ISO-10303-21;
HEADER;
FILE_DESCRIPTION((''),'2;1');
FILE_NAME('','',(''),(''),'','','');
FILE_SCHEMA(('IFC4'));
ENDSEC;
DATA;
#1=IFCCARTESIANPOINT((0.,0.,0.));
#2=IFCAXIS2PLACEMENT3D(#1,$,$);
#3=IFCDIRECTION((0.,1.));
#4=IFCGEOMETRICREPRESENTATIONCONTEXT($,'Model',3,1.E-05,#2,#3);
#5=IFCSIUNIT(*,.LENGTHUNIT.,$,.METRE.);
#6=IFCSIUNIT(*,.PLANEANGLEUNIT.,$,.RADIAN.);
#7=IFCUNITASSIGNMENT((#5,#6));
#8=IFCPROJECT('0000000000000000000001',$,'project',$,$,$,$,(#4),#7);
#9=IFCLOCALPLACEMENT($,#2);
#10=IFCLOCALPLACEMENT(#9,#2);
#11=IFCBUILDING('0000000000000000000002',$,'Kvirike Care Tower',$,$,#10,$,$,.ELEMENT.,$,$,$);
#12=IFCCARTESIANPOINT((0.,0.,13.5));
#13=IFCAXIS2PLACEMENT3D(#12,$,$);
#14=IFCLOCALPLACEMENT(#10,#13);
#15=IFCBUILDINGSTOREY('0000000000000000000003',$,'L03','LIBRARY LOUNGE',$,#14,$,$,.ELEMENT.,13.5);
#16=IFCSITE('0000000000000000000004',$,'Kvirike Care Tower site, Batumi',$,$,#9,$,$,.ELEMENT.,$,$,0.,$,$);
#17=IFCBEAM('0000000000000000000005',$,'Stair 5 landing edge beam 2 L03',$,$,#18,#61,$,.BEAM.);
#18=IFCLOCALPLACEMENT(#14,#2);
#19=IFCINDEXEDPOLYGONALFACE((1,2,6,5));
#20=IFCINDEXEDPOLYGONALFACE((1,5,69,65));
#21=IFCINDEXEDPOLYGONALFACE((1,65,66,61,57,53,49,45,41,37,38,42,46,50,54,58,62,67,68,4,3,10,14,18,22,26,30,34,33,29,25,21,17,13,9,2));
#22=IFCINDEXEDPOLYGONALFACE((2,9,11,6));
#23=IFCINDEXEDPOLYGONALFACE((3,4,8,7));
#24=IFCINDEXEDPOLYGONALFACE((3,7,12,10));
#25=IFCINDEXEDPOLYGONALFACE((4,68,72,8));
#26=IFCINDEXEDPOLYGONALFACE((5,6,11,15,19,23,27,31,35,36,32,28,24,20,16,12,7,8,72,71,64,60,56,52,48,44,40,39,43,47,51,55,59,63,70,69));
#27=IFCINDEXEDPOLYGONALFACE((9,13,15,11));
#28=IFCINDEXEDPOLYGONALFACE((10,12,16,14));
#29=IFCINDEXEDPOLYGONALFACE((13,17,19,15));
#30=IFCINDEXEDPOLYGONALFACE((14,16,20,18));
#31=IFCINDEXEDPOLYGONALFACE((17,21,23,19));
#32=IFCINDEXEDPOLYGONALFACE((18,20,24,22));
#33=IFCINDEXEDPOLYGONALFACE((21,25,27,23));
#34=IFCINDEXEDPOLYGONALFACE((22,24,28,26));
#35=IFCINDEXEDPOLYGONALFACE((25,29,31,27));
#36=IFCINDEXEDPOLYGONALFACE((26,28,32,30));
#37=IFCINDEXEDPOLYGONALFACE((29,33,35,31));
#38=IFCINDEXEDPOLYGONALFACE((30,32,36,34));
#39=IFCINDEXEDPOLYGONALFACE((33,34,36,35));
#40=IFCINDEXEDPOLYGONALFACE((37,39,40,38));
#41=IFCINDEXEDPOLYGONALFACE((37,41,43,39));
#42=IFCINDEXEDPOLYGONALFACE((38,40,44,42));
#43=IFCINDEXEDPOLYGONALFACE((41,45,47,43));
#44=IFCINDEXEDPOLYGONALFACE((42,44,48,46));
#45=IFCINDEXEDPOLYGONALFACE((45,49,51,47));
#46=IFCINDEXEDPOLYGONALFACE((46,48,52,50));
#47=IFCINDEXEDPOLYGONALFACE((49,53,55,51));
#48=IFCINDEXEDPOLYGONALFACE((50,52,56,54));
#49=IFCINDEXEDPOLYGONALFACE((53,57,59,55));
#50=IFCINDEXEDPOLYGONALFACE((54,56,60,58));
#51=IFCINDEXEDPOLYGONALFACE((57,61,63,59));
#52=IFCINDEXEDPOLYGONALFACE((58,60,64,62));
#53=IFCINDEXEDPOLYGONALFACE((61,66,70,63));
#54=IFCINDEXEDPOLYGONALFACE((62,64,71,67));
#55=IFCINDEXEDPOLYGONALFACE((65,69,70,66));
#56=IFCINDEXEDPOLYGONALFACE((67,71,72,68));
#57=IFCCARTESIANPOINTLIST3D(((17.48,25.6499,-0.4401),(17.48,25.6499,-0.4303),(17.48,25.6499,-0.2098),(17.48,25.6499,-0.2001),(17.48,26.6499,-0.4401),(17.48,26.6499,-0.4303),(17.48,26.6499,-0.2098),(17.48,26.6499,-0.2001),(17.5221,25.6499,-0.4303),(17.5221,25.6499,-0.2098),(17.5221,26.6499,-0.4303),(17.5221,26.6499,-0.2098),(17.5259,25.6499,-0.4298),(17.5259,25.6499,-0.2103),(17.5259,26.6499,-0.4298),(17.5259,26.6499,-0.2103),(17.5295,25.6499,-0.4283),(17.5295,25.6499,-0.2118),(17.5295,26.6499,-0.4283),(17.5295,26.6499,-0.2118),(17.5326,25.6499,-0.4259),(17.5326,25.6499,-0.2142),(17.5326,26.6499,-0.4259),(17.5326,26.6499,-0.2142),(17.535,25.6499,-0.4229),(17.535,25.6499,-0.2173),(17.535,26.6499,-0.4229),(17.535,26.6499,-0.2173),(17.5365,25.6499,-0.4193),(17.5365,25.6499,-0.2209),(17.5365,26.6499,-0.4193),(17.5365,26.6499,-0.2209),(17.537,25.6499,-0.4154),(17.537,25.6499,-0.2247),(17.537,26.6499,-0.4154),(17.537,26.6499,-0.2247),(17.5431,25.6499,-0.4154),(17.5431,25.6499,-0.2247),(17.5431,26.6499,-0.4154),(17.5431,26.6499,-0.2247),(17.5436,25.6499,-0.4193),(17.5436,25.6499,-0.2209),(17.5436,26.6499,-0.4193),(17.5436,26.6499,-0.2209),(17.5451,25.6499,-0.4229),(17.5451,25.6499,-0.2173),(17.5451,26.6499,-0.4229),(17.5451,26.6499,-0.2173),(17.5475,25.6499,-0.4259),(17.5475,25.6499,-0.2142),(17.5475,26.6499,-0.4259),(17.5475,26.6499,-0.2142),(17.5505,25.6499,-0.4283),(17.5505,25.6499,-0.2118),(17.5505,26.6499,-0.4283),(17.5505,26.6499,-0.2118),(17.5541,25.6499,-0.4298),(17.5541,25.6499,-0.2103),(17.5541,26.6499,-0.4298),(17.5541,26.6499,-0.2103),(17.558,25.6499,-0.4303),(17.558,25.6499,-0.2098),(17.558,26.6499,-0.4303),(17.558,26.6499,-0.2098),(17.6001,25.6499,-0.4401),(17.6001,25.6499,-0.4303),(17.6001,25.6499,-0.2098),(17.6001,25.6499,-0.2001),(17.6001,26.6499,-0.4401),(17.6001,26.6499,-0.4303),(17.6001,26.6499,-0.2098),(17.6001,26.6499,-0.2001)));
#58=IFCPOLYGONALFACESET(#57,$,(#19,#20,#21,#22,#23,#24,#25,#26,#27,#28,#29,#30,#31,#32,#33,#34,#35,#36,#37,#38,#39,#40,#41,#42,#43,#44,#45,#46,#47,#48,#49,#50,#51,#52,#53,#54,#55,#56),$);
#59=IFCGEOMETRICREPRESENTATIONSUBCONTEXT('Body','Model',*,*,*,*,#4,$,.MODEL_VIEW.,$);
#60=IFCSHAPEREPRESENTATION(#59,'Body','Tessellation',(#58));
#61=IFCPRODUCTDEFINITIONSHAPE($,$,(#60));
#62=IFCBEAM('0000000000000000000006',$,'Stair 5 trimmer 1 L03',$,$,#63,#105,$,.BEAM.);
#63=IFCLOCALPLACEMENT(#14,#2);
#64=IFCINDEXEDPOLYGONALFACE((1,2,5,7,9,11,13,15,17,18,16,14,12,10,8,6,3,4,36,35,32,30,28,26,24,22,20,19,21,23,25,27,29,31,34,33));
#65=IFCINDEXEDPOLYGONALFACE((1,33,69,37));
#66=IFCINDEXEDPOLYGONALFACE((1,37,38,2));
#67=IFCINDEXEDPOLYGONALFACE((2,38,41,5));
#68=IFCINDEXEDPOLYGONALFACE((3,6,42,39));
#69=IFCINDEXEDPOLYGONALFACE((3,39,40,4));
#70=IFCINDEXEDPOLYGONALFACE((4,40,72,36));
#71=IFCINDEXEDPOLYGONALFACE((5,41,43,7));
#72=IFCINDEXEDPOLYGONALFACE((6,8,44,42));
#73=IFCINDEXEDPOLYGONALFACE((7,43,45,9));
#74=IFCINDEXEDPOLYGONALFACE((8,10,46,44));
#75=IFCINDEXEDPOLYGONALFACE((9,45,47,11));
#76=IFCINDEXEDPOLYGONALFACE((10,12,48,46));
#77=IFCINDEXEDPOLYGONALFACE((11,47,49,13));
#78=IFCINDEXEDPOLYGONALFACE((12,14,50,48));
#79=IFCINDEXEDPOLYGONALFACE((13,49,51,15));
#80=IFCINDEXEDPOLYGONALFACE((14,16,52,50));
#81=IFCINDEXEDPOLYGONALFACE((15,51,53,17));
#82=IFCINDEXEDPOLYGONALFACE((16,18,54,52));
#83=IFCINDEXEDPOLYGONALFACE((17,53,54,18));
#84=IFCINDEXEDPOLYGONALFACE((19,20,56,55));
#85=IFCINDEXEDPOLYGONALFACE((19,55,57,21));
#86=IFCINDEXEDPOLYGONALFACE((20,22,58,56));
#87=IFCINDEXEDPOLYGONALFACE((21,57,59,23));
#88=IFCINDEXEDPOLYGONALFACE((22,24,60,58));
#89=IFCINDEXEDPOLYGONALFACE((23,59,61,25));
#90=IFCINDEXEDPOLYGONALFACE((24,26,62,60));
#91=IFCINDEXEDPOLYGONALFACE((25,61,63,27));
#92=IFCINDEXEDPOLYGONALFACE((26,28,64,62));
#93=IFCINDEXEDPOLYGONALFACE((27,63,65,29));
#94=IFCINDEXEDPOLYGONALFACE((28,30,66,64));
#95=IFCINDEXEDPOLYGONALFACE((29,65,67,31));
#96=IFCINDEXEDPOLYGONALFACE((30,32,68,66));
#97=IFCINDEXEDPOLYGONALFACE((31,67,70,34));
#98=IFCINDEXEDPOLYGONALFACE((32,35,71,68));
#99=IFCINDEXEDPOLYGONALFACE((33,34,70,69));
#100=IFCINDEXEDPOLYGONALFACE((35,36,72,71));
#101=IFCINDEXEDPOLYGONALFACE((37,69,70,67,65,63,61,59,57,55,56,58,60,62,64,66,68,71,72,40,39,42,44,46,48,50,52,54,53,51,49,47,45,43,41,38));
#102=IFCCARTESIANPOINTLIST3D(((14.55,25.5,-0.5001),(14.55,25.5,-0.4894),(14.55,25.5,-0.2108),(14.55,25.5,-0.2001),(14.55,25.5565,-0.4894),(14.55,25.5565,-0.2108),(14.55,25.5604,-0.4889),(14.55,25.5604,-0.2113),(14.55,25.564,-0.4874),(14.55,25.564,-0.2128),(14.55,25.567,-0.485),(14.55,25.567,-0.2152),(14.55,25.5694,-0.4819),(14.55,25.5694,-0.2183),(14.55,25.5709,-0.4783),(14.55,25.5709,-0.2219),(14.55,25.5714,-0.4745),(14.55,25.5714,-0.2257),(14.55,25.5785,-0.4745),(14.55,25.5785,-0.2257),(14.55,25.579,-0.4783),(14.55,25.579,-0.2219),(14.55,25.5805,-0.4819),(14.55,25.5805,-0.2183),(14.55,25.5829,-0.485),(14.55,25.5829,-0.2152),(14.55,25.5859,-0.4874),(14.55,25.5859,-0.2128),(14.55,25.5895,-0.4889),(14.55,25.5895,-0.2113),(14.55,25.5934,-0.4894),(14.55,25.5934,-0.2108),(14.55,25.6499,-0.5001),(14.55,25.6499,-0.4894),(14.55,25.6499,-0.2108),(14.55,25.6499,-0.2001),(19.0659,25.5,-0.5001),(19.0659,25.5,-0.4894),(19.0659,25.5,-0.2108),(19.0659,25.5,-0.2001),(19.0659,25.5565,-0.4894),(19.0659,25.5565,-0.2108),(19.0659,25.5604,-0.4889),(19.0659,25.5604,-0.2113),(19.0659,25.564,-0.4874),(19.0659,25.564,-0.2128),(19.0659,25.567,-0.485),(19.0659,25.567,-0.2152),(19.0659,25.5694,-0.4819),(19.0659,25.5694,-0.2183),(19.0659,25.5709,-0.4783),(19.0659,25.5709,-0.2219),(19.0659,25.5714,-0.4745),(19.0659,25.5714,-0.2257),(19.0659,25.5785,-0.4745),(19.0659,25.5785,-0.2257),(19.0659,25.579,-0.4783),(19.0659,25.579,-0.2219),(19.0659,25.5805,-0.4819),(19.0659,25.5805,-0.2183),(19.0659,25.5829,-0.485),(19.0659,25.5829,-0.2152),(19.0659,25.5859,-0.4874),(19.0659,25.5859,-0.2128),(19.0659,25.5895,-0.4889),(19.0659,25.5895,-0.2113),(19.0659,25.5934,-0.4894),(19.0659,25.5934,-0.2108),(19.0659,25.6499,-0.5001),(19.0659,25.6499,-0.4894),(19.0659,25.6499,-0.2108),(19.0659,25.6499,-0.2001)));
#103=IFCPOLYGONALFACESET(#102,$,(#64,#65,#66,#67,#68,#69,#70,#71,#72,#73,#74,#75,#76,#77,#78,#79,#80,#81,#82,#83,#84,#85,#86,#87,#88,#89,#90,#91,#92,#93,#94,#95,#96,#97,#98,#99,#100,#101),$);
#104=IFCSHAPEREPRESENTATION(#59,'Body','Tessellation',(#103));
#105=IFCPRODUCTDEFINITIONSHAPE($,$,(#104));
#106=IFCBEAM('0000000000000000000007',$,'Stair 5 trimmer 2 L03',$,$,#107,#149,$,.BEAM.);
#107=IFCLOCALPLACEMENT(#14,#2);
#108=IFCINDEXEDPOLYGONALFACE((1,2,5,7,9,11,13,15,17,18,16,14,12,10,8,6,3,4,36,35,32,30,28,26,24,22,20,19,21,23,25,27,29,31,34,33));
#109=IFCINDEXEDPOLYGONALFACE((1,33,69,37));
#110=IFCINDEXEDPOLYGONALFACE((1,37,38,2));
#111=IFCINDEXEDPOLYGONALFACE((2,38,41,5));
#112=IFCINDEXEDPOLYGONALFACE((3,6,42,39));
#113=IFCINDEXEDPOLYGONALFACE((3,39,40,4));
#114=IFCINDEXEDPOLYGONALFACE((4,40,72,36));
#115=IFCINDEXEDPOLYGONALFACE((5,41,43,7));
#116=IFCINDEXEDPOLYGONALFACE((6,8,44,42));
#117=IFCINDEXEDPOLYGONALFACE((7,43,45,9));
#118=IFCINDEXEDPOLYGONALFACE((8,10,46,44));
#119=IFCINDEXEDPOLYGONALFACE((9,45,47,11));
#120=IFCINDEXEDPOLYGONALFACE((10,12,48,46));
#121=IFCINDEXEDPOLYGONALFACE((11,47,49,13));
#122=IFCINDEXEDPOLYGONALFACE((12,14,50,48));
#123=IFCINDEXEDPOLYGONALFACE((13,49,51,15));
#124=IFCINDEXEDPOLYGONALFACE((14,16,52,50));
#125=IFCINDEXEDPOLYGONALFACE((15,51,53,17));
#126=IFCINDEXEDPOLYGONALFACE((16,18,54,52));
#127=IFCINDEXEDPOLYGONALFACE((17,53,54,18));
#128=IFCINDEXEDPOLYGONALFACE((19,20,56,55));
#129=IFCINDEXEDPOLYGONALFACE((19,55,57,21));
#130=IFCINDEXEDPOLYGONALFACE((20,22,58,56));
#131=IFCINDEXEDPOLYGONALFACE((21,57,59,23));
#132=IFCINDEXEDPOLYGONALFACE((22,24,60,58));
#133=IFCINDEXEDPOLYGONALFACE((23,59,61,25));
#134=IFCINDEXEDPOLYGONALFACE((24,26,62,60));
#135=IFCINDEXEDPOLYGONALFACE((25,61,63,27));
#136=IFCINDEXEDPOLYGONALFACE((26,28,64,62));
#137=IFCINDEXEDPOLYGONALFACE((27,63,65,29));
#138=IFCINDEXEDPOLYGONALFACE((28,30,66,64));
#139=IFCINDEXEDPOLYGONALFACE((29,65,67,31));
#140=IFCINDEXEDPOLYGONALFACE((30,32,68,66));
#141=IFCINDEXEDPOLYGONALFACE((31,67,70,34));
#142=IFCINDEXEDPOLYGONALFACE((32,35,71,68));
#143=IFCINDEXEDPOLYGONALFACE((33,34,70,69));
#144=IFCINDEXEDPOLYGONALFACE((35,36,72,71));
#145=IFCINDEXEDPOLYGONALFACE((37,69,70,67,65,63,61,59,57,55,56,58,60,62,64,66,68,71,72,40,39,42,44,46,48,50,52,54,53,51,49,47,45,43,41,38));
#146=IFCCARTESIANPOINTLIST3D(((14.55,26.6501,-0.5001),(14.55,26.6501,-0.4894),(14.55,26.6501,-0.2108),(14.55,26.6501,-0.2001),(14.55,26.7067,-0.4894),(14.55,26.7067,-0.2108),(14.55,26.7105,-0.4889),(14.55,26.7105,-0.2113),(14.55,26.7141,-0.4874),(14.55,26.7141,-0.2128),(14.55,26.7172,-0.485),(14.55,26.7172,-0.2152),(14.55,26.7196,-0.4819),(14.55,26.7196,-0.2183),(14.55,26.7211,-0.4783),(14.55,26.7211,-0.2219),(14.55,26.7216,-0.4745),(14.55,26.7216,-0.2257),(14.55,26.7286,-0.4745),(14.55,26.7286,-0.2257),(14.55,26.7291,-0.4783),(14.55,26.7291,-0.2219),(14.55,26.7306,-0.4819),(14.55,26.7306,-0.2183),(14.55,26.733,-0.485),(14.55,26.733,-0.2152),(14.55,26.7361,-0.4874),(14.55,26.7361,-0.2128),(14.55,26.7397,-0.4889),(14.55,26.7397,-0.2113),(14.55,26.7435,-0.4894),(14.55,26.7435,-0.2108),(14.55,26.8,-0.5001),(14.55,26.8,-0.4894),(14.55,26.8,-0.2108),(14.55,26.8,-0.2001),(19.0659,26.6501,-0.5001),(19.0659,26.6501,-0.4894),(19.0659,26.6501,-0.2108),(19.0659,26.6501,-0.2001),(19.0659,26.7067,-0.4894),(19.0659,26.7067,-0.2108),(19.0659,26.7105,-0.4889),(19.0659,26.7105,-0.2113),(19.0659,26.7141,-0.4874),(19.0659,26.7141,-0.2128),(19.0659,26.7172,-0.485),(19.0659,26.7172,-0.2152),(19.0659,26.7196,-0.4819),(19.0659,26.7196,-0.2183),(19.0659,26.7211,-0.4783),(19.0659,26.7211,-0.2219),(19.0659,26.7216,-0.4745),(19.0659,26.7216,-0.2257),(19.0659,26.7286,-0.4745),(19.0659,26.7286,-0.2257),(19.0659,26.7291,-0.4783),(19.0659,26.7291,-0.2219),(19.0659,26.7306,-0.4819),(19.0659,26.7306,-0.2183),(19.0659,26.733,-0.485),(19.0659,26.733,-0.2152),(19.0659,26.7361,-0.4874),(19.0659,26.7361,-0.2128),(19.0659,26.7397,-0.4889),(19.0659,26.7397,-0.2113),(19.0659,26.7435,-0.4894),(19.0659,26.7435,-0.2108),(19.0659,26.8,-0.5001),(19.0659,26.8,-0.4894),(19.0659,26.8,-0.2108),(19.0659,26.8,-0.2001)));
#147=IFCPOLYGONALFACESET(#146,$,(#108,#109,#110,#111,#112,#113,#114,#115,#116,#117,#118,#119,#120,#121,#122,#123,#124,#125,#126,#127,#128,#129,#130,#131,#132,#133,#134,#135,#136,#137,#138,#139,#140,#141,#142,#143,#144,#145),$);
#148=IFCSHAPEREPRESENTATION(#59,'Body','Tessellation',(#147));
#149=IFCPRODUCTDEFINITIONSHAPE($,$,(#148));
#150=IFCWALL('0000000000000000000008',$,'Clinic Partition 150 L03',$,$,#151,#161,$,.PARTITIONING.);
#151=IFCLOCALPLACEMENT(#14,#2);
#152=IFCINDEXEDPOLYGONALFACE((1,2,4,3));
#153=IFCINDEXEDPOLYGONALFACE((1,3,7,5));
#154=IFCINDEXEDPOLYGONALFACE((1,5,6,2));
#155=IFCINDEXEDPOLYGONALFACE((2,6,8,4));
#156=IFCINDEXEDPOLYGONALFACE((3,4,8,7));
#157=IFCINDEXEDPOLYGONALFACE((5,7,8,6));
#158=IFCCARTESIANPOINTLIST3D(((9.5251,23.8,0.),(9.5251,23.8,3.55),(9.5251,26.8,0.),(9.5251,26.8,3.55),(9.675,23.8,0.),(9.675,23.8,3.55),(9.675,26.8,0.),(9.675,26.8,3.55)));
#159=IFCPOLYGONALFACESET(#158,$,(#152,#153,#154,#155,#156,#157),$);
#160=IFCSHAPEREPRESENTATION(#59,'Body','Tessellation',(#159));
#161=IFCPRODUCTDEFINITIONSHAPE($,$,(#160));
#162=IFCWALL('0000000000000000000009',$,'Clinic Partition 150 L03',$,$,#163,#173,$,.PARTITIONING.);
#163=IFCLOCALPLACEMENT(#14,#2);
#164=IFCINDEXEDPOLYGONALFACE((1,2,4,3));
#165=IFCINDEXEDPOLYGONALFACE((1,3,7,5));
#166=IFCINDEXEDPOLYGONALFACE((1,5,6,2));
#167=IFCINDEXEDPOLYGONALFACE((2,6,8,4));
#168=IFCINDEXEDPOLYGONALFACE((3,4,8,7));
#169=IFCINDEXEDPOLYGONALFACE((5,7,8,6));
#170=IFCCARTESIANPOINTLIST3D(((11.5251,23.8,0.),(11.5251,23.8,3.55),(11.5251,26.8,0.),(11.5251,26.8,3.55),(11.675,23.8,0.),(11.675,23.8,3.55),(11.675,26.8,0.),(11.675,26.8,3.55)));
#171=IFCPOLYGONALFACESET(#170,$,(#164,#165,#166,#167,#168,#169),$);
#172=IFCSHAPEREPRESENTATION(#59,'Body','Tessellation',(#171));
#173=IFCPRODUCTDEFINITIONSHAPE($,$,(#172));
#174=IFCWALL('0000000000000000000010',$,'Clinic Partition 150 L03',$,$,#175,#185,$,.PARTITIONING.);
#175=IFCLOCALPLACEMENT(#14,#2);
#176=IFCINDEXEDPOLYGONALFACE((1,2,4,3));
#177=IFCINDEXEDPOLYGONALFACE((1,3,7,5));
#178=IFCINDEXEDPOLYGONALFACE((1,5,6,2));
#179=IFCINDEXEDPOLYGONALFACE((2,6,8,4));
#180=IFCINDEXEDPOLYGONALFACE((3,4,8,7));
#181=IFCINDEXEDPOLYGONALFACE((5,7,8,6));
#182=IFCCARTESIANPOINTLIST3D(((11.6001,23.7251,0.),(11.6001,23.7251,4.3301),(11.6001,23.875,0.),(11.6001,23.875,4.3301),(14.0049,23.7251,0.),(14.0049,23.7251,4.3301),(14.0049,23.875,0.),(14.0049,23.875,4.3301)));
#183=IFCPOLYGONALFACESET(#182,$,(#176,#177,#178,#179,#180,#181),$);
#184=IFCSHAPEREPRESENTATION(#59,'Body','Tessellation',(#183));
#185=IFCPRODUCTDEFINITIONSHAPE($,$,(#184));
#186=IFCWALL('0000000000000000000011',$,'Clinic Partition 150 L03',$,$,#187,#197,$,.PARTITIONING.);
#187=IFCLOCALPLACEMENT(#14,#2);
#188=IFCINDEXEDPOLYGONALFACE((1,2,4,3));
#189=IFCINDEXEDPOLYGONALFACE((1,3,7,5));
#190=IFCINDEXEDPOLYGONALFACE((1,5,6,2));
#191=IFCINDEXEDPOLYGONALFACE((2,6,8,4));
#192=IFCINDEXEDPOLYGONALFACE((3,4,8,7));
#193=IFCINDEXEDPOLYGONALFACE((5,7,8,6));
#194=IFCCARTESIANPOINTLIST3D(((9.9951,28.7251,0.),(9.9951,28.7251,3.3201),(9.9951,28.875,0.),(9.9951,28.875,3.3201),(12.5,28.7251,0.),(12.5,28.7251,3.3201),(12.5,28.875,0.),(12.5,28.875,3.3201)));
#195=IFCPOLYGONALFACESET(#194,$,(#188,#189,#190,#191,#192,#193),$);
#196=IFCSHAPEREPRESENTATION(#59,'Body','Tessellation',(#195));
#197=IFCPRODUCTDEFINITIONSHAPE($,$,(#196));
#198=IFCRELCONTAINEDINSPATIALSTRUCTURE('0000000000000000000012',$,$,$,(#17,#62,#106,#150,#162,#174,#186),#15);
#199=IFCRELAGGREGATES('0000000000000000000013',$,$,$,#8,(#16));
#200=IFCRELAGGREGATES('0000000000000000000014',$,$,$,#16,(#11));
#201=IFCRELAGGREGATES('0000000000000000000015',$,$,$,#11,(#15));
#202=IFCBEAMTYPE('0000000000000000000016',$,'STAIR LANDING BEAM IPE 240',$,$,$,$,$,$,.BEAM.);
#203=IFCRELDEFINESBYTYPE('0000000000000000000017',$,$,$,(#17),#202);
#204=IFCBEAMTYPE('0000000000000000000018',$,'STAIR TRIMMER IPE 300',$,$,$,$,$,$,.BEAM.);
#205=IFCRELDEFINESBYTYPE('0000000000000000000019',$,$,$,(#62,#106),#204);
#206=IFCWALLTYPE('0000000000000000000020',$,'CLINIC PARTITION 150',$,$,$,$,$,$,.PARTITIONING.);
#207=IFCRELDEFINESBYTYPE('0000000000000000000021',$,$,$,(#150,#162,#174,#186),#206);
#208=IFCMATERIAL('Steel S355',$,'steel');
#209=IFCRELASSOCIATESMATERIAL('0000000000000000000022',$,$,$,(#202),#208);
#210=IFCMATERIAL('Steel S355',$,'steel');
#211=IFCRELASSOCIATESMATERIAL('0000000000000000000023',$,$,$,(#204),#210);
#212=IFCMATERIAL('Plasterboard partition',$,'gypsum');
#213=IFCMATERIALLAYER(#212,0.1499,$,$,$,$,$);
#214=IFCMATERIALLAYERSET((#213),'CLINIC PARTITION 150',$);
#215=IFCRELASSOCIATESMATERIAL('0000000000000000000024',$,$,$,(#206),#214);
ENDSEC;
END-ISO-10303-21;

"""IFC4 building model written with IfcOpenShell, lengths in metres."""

from ifc_helpers import new_model, si_unit, direction, frame, frame_2d, origin, origin_2d, place, context, subcontext, project, spatial, rectangle, i_section, extrude, material, layer, layer_set, material_profile, profile_set, type_object, element, save


model = new_model("IFC4")

# Units and contexts
model_context = context("Model", 3, precision=1e-05, world=origin(), true_north=direction((0.0, 1.0)))
body_context = subcontext(model_context, "Body", "Model", "MODEL_VIEW")
ifc_project = project(units=[si_unit("LENGTHUNIT", "METRE"), si_unit("PLANEANGLEUNIT", "RADIAN")], contexts=[model_context])

# Site, building, storey
site_placement = place(None, origin())
site = spatial("IfcSite", under=ifc_project, at=site_placement, Name="Kvirike Care Tower site, Batumi", CompositionType="ELEMENT", RefElevation=0.0)
building_placement = place(site_placement, origin())
building = spatial("IfcBuilding", under=site, at=building_placement, Name="Kvirike Care Tower", CompositionType="ELEMENT")
storey_placement = place(building_placement, frame((0.0, 0.0, 13.5)))
storey = spatial("IfcBuildingStorey", under=building, at=storey_placement, Name="L03", Description="LIBRARY LOUNGE", CompositionType="ELEMENT", Elevation=13.5)

# Beams
ifc_material_1 = material(Name="Steel S355", Category="steel")
ifc_material_profile_1 = material_profile(ifc_material_1, i_section(OverallWidth=0.1201, OverallDepth=0.24, WebThickness=0.0061, FlangeThickness=0.0098, FilletRadius=0.0149, at=origin_2d()), Name="IPE 240")
ifc_profile_set_1 = profile_set([ifc_material_profile_1], Name="Steel S355")
beam_type_1 = type_object("IfcBeamType", Name="STAIR LANDING BEAM IPE 240", PredefinedType="BEAM", material=ifc_profile_set_1)
for number, where, z_axis, x_axis, name in (
    (1, (17.54, 25.6499, -0.3201), (0.0, 1.0, 0.0), (-1.0, 0.0, 0.0), "Stair 5 landing edge beam 2 L03"),
):
    element("IfcBeam", number, at=place(storey_placement, frame(where, z_axis=z_axis, x_axis=x_axis)), inside=storey, type_object=beam_type_1, Name=name, PredefinedType="BEAM", context=body_context, shape_type="SweptSolid", body=[
        extrude(i_section(OverallWidth=0.1201, OverallDepth=0.24, WebThickness=0.0061, FlangeThickness=0.0098, FilletRadius=0.0149, at=origin_2d()), origin(), (0.0, 0.0, 1.0), 1.0),
    ])
ifc_material_2 = material(Name="Steel S355", Category="steel")
ifc_material_profile_2 = material_profile(ifc_material_2, i_section(OverallWidth=0.1499, OverallDepth=0.3, WebThickness=0.0071, FlangeThickness=0.0107, FilletRadius=0.0149, at=origin_2d()), Name="IPE 300")
ifc_profile_set_2 = profile_set([ifc_material_profile_2], Name="Steel S355")
beam_type_2 = type_object("IfcBeamType", Name="STAIR TRIMMER IPE 300", PredefinedType="BEAM", material=ifc_profile_set_2)
for number, where, z_axis, x_axis, name in (
    (2, (14.55, 25.575, -0.3501), (1.0, 0.0, 0.0), (0.0, 1.0, 0.0), "Stair 5 trimmer 1 L03"),
    (3, (14.55, 26.7251, -0.3501), (1.0, 0.0, 0.0), (0.0, 1.0, 0.0), "Stair 5 trimmer 2 L03"),
):
    element("IfcBeam", number, at=place(storey_placement, frame(where, z_axis=z_axis, x_axis=x_axis)), inside=storey, type_object=beam_type_2, Name=name, PredefinedType="BEAM", context=body_context, shape_type="SweptSolid", body=[
        extrude(i_section(OverallWidth=0.1499, OverallDepth=0.3, WebThickness=0.0071, FlangeThickness=0.0107, FilletRadius=0.0149, at=origin_2d()), origin(), (0.0, 0.0, 1.0), 4.5159),
    ])

# Walls
ifc_material_3 = material(Name="Plasterboard partition", Category="gypsum")
ifc_layer_1 = layer(ifc_material_3, 0.1499)
ifc_layer_set_1 = layer_set([ifc_layer_1], Name="CLINIC PARTITION 150")
wall_type_1 = type_object("IfcWallType", Name="CLINIC PARTITION 150", PredefinedType="PARTITIONING", material=ifc_layer_set_1)
for number, where, z_axis, x_axis, name in (
    (4, (9.6001, 23.8, 0.0), (0.0, 0.0, 1.0), (0.0, 1.0, 0.0), "Clinic Partition 150 L03"),
    (5, (11.6001, 23.8, 0.0), (0.0, 0.0, 1.0), (0.0, 1.0, 0.0), "Clinic Partition 150 L03"),
):
    element("IfcWall", number, at=place(storey_placement, frame(where, z_axis=z_axis, x_axis=x_axis)), inside=storey, type_object=wall_type_1, Name=name, PredefinedType="PARTITIONING", context=body_context, shape_type="SweptSolid", body=[
        extrude(rectangle(XDim=3.0, YDim=0.1499, at=frame_2d((1.5, 0.0))), origin(), (0.0, 0.0, 1.0), 3.55),
    ])
wall_1_placement = place(storey_placement, frame((11.6001, 23.8, 0.0), z_axis=(0.0, 0.0, 1.0), x_axis=(1.0, 0.0, 0.0)))
element("IfcWall", 6, at=wall_1_placement, inside=storey, type_object=wall_type_1, Name="Clinic Partition 150 L03", PredefinedType="PARTITIONING", context=body_context, shape_type="SweptSolid", body=[
    extrude(rectangle(XDim=2.4048, YDim=0.1499, at=frame_2d((1.2024, 0.0))), origin(), (0.0, 0.0, 1.0), 4.3301),
])
wall_2_placement = place(storey_placement, frame((12.5, 28.8, 0.0), z_axis=(0.0, 0.0, 1.0), x_axis=(-1.0, 0.0, 0.0)))
element("IfcWall", 7, at=wall_2_placement, inside=storey, type_object=wall_type_1, Name="Clinic Partition 150 L03", PredefinedType="PARTITIONING", context=body_context, shape_type="SweptSolid", body=[
    extrude(rectangle(XDim=2.5049, YDim=0.1499, at=frame_2d((1.2524, 0.0))), origin(), (0.0, 0.0, 1.0), 3.3201),
])

save(model, "model.ifc")
